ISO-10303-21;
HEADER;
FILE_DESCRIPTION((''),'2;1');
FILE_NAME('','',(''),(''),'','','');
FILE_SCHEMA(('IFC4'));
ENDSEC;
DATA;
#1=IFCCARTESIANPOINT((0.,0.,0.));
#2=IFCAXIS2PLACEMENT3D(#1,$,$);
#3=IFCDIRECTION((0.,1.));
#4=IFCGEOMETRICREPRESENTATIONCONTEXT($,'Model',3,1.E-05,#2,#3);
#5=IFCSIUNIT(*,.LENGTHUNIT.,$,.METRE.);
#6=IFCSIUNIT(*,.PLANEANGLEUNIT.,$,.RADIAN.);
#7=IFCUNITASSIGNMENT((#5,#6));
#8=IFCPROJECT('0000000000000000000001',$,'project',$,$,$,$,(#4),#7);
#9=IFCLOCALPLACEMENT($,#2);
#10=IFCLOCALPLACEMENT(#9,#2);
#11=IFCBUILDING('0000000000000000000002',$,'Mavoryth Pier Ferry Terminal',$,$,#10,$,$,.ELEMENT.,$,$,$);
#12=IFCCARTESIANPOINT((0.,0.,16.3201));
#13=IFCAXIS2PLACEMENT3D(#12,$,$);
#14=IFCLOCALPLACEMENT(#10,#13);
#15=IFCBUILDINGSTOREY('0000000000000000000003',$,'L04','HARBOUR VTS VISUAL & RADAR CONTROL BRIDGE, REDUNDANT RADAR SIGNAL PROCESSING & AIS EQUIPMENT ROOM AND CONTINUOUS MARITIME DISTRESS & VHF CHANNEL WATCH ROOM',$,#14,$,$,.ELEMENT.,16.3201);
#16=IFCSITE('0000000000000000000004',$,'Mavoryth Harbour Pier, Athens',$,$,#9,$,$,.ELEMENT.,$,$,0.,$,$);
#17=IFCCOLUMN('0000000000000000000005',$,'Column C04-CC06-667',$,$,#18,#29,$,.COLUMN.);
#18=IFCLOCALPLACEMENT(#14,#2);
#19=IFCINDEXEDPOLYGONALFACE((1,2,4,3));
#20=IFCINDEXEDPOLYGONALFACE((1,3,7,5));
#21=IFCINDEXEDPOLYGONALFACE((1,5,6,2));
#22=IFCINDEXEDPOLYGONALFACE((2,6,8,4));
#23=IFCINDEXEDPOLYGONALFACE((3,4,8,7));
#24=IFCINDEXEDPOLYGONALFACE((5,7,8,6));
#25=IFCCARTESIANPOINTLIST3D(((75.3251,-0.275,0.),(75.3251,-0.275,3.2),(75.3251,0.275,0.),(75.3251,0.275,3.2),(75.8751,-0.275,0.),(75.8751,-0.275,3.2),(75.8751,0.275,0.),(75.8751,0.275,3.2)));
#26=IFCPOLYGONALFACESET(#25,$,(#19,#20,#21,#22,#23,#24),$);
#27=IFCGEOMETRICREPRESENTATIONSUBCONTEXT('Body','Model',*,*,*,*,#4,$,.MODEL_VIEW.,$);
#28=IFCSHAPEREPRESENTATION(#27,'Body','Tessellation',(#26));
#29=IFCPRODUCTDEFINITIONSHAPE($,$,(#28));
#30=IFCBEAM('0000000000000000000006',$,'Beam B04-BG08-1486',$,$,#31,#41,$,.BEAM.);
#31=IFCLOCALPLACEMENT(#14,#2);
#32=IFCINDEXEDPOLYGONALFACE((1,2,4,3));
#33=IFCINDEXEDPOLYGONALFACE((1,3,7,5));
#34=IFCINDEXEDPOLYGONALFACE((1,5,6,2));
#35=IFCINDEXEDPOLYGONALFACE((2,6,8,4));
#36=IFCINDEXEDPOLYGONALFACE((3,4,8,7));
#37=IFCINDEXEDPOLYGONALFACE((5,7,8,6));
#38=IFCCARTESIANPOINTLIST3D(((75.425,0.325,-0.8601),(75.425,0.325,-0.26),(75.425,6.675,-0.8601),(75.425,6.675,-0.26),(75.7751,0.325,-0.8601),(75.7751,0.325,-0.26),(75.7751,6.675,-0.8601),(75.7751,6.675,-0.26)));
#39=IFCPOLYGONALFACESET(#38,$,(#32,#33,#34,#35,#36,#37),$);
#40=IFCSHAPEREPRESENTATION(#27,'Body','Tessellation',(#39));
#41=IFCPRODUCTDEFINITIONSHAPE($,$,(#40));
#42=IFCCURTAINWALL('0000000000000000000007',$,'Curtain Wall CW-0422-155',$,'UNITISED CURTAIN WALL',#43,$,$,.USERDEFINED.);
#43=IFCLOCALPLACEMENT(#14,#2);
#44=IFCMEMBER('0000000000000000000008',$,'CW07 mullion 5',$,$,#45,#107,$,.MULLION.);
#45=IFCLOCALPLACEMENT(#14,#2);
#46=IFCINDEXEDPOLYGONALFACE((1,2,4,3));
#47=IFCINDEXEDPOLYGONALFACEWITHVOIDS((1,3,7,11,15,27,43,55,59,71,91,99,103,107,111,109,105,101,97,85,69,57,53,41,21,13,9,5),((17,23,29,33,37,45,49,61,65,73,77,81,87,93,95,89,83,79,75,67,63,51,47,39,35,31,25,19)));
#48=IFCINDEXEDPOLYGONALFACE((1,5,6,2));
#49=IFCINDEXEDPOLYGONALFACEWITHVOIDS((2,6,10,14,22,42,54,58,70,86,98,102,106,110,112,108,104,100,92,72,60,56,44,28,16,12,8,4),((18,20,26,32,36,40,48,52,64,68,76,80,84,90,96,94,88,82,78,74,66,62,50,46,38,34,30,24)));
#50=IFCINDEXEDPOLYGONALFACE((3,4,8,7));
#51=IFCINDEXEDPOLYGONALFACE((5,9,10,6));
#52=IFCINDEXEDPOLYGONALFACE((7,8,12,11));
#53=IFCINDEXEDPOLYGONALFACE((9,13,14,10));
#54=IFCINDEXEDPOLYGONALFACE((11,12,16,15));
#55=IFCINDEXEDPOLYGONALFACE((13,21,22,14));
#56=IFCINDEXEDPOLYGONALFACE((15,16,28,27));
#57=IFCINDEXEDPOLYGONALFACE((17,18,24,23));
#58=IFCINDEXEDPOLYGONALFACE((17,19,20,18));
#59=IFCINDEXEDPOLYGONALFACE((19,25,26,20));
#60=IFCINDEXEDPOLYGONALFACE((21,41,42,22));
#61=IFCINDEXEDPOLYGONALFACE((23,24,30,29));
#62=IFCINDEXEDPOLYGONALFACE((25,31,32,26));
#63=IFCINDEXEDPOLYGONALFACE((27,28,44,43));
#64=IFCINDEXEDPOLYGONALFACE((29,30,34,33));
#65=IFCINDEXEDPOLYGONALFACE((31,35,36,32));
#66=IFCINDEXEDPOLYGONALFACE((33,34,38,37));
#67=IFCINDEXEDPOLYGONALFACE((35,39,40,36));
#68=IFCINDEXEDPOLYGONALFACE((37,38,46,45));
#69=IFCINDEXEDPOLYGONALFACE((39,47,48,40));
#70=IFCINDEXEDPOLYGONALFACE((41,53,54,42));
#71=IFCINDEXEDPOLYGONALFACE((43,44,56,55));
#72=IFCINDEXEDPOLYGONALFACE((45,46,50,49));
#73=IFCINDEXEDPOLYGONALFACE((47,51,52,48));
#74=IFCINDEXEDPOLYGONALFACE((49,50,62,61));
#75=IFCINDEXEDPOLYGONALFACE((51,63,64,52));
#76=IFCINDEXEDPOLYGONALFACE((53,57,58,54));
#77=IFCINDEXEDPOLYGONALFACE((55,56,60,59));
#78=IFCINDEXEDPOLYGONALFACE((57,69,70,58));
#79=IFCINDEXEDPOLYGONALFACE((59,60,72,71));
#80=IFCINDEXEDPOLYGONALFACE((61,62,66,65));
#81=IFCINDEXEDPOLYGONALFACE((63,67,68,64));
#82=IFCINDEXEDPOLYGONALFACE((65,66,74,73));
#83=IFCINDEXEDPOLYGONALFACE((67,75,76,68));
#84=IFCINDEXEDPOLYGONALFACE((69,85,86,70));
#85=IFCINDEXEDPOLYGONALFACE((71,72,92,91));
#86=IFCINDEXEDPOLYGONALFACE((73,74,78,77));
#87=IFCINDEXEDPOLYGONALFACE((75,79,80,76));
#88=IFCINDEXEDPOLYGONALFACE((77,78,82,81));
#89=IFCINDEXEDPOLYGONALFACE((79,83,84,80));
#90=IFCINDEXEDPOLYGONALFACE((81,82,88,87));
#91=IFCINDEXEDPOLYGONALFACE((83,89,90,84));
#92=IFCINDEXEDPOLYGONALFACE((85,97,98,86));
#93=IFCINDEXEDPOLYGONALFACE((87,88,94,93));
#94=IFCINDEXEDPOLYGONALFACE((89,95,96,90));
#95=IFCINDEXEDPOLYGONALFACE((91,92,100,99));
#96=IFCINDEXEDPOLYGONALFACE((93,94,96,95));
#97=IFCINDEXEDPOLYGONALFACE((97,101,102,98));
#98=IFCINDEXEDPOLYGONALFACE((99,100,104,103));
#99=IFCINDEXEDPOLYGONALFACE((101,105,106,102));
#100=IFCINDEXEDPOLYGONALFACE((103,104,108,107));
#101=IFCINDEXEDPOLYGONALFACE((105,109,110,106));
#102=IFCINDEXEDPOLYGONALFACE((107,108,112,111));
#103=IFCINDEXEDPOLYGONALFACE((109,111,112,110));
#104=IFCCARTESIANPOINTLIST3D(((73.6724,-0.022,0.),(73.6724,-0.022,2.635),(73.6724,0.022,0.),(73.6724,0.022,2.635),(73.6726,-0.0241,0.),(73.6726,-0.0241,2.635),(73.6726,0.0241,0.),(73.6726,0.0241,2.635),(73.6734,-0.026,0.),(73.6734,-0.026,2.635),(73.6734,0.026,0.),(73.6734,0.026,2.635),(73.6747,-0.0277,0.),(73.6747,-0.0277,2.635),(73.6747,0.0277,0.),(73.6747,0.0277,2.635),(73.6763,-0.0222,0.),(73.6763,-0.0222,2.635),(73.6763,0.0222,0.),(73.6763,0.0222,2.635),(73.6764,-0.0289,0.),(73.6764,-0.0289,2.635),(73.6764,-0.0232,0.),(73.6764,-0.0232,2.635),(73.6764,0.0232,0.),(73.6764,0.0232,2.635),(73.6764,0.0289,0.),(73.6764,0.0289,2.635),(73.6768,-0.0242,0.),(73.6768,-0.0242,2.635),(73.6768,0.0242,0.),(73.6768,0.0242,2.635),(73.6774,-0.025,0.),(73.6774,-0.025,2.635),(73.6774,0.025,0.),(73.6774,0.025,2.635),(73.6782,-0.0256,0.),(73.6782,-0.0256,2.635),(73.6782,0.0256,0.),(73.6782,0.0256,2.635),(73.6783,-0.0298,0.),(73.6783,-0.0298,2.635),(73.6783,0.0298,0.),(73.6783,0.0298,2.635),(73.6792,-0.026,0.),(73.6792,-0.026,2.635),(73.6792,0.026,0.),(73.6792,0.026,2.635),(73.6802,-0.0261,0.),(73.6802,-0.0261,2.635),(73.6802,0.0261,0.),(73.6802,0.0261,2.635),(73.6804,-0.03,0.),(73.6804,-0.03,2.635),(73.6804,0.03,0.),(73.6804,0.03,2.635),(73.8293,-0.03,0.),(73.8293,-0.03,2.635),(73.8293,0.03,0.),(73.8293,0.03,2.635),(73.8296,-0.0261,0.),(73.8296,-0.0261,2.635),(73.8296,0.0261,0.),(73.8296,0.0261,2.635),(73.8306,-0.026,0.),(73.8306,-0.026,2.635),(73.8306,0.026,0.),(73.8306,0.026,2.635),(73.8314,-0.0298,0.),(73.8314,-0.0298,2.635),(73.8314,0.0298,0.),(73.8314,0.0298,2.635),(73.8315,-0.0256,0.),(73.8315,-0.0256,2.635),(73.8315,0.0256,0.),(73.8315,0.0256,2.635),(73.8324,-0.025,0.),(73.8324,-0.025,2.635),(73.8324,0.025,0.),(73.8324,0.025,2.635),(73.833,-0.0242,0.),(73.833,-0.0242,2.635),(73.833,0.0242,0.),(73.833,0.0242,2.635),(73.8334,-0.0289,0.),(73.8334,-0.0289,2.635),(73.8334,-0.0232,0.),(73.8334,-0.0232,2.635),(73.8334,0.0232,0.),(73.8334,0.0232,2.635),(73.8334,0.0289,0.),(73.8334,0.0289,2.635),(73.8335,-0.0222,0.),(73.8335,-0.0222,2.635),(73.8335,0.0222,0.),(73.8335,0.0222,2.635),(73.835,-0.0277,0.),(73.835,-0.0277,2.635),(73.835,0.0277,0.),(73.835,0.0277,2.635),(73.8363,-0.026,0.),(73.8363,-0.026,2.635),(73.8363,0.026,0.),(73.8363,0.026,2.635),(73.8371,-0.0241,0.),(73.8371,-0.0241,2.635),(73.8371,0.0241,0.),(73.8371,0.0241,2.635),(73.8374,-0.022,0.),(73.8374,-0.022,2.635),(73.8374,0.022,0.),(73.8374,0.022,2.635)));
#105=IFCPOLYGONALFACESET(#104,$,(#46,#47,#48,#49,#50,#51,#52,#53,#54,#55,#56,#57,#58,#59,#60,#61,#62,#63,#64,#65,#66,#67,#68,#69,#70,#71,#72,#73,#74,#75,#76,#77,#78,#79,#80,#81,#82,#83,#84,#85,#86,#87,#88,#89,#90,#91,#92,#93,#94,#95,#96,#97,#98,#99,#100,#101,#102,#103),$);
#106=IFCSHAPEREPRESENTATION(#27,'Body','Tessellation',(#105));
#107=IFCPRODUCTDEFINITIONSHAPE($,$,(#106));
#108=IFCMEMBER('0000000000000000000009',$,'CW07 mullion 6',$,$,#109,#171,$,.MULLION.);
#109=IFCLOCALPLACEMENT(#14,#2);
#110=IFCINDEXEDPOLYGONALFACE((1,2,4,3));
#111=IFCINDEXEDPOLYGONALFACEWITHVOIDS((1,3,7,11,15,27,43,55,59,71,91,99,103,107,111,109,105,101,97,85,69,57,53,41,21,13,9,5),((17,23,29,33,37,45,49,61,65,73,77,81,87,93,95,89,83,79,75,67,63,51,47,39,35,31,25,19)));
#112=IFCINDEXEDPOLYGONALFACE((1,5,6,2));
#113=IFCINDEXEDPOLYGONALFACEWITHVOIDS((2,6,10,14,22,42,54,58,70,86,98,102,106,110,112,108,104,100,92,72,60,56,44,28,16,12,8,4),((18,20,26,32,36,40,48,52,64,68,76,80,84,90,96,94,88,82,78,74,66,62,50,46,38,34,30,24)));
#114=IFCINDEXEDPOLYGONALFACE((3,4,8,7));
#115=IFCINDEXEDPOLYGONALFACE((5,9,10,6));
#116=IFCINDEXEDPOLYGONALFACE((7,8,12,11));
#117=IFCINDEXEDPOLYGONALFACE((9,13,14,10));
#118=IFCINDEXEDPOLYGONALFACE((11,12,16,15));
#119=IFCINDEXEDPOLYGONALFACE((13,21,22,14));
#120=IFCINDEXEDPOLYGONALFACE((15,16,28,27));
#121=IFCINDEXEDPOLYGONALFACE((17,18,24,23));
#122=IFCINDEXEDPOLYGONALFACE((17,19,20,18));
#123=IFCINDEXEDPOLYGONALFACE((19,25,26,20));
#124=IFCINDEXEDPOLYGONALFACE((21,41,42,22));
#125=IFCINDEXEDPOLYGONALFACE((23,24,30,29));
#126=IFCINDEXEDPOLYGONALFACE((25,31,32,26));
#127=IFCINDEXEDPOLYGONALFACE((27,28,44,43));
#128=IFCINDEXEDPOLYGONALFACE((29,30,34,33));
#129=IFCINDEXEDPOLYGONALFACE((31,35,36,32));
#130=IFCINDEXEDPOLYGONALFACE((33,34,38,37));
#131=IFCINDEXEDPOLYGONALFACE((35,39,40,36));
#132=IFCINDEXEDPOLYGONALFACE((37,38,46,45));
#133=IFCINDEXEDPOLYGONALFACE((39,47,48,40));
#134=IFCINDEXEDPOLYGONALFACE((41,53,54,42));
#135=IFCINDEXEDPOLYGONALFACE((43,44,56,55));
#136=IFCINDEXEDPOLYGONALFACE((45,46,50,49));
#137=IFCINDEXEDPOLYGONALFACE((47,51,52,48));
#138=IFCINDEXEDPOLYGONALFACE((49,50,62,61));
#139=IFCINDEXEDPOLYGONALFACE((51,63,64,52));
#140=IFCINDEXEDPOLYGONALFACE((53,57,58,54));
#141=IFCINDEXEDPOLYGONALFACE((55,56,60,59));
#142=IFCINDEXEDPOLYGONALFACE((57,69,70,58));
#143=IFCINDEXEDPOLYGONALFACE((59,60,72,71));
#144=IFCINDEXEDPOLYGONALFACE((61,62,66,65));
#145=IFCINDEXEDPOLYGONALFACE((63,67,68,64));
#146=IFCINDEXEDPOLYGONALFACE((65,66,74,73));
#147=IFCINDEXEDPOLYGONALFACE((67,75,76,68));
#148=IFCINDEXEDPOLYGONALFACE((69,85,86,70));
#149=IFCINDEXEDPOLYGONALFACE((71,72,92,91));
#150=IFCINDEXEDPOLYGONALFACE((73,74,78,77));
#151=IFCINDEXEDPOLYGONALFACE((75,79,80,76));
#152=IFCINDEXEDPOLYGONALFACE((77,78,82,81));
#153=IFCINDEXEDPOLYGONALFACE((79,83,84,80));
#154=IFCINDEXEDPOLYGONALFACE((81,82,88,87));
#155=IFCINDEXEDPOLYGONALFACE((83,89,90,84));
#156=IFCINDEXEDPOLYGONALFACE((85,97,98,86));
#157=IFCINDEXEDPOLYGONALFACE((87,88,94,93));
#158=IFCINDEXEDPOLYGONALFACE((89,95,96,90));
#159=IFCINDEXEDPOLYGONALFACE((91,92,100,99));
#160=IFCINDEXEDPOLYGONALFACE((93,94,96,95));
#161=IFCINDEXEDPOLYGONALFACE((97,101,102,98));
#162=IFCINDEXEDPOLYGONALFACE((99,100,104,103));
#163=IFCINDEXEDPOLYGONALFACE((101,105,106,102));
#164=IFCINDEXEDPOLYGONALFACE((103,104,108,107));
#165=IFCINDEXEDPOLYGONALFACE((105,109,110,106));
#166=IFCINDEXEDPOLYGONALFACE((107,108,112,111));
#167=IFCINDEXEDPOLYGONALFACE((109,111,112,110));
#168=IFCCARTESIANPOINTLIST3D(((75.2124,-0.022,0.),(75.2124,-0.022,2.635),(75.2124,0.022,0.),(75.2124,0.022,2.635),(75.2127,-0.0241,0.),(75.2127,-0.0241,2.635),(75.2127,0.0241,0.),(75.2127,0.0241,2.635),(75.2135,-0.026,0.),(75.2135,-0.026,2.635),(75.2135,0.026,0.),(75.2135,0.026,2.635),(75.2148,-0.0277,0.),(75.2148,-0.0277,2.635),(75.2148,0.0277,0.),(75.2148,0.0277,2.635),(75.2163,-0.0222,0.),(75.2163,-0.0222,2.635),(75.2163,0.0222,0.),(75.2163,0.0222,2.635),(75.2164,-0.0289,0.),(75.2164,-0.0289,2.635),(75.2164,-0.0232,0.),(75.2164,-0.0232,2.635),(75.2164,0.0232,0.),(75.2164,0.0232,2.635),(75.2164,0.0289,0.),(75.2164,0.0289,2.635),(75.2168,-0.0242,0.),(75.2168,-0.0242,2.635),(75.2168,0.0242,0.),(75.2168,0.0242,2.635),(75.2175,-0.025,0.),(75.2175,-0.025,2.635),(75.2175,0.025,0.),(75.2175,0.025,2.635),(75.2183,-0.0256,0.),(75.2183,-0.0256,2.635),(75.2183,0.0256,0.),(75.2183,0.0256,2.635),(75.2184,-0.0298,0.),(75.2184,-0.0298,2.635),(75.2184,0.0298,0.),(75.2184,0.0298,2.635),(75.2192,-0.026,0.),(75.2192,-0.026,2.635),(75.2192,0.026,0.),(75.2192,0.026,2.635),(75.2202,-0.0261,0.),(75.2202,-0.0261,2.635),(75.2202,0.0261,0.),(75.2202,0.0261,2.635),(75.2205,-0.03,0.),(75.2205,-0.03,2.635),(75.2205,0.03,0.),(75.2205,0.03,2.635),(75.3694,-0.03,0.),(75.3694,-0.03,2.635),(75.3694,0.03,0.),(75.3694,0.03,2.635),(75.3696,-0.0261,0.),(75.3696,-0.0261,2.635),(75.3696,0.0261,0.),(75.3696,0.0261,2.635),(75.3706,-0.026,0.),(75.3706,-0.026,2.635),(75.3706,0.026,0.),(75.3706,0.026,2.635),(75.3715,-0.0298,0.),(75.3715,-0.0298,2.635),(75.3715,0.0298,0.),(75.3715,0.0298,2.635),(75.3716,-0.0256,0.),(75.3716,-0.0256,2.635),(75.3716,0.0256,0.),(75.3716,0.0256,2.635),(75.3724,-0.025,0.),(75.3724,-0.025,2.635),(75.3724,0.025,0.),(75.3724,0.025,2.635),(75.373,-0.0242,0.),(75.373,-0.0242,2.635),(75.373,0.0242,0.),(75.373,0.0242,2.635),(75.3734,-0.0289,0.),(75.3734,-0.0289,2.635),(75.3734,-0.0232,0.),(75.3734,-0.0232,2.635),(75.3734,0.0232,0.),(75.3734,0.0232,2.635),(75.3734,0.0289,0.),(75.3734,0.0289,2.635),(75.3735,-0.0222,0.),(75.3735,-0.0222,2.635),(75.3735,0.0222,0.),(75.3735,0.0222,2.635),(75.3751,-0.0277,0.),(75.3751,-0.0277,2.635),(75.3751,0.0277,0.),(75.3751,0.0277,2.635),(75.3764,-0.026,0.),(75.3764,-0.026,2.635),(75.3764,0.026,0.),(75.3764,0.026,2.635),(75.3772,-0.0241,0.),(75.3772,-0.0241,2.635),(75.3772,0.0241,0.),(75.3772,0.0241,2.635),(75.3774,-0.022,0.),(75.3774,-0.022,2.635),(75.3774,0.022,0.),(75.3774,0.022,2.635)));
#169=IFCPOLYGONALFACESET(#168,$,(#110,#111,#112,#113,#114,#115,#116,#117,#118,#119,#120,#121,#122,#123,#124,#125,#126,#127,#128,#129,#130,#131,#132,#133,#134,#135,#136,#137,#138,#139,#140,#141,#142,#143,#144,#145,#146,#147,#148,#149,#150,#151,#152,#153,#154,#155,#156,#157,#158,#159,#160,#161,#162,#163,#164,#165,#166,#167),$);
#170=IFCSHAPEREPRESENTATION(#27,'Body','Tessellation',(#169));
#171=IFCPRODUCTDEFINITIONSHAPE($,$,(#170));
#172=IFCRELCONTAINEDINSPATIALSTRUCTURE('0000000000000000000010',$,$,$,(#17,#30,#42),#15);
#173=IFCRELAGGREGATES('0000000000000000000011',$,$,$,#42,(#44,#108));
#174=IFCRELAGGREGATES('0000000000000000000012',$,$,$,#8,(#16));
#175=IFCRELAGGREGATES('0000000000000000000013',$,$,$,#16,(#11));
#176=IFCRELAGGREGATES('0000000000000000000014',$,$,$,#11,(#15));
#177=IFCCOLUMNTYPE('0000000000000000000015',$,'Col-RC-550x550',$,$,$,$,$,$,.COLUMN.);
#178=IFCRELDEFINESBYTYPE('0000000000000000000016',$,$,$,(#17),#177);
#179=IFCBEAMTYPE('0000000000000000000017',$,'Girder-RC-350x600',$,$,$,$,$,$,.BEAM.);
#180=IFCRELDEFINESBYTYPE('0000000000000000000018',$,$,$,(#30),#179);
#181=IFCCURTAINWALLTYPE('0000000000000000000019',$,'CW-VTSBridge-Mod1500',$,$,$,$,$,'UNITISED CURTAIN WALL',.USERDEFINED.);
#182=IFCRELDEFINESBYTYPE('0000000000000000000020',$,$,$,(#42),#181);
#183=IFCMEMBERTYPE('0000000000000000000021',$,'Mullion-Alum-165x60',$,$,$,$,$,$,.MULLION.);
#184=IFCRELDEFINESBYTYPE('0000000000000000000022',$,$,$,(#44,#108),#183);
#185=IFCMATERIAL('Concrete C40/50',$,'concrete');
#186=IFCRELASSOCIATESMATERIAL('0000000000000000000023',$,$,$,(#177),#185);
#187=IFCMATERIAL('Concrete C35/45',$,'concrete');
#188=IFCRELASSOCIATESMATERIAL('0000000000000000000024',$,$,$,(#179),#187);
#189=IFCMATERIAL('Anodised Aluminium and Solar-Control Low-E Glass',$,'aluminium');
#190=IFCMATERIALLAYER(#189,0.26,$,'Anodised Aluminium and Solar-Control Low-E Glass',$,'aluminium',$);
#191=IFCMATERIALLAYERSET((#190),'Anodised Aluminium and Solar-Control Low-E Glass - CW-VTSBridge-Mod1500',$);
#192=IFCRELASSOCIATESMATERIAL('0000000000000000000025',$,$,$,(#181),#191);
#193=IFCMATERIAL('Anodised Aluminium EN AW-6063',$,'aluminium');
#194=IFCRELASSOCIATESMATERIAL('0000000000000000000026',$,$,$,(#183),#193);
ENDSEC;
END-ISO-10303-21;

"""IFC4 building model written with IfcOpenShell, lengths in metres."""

from ifc_helpers import new_model, si_unit, direction, frame, origin, origin_2d, place, context, subcontext, project, spatial, rectangle, hollow_rectangle, extrude, material, layer, layer_set, material_profile, profile_set, type_object, element, aggregate, save


model = new_model("IFC4")

# Units and contexts
model_context = context("Model", 3, precision=1e-05, world=origin(), true_north=direction((0.0, 1.0)))
body_context = subcontext(model_context, "Body", "Model", "MODEL_VIEW")
ifc_project = project(units=[si_unit("LENGTHUNIT", "METRE"), si_unit("PLANEANGLEUNIT", "RADIAN")], contexts=[model_context])

# Site, building, storey
site_placement = place(None, origin())
site = spatial("IfcSite", under=ifc_project, at=site_placement, Name="Mavoryth Harbour Pier, Athens", CompositionType="ELEMENT", RefElevation=0.0)
building_placement = place(site_placement, origin())
building = spatial("IfcBuilding", under=site, at=building_placement, Name="Mavoryth Pier Ferry Terminal", CompositionType="ELEMENT")
storey_placement = place(building_placement, frame((0.0, 0.0, 16.3201)))
storey = spatial("IfcBuildingStorey", under=building, at=storey_placement, Name="L04", Description="HARBOUR VTS VISUAL & RADAR CONTROL BRIDGE, REDUNDANT RADAR SIGNAL PROCESSING & AIS EQUIPMENT ROOM AND CONTINUOUS MARITIME DISTRESS & VHF CHANNEL WATCH ROOM", CompositionType="ELEMENT", Elevation=16.3201)

# Column
ifc_material_1 = material(Name="Concrete C40/50", Category="concrete")
ifc_material_profile_1 = material_profile(ifc_material_1, rectangle(XDim=0.55, YDim=0.55, at=origin_2d()), Name="RC 550x550", Category="concrete")
ifc_profile_set_1 = profile_set([ifc_material_profile_1], Name="Concrete C40/50 - RC 550x550")
column_type = type_object("IfcColumnType", Name="Col-RC-550x550", PredefinedType="COLUMN", material=ifc_profile_set_1)
column_placement = place(storey_placement, frame((75.6001, 0.0, 0.0), z_axis=(0.0, 0.0, 1.0), x_axis=(1.0, 0.0, 0.0)))
element("IfcColumn", 1, at=column_placement, inside=storey, type_object=column_type, Name="Column C04-CC06-667", PredefinedType="COLUMN", context=body_context, shape_type="SweptSolid", body=[
    extrude(rectangle(XDim=0.55, YDim=0.55, at=origin_2d()), origin(), (0.0, 0.0, 1.0), 3.2),
])

# Beam
ifc_material_2 = material(Name="Concrete C35/45", Category="concrete")
ifc_material_profile_2 = material_profile(ifc_material_2, rectangle(XDim=0.3501, YDim=0.6001, at=origin_2d()), Name="RC 350x600", Category="concrete")
ifc_profile_set_2 = profile_set([ifc_material_profile_2], Name="Concrete C35/45 - RC 350x600")
beam_type = type_object("IfcBeamType", Name="Girder-RC-350x600", PredefinedType="BEAM", material=ifc_profile_set_2)
beam_placement = place(storey_placement, frame((75.6001, 0.325, -0.5601), z_axis=(0.0, 1.0, 0.0), x_axis=(-1.0, 0.0, 0.0)))
element("IfcBeam", 2, at=beam_placement, inside=storey, type_object=beam_type, Name="Beam B04-BG08-1486", PredefinedType="BEAM", context=body_context, shape_type="SweptSolid", body=[
    extrude(rectangle(XDim=0.3501, YDim=0.6001, at=origin_2d()), origin(), (0.0, 0.0, 1.0), 6.3501),
])

# Curtain wall, members
ifc_material_3 = material(Name="Anodised Aluminium and Solar-Control Low-E Glass", Category="aluminium")
ifc_layer_1 = layer(ifc_material_3, 0.26, Name="Anodised Aluminium and Solar-Control Low-E Glass", Category="aluminium")
ifc_layer_set_1 = layer_set([ifc_layer_1], Name="Anodised Aluminium and Solar-Control Low-E Glass - CW-VTSBridge-Mod1500")
curtain_wall_type = type_object("IfcCurtainWallType", Name="CW-VTSBridge-Mod1500", ElementType="UNITISED CURTAIN WALL", PredefinedType="USERDEFINED", material=ifc_layer_set_1)
curtain_wall_1_placement = place(storey_placement, origin())
curtain_wall_1 = element("IfcCurtainWall", 3, at=curtain_wall_1_placement, inside=storey, type_object=curtain_wall_type, Name="Curtain Wall CW-0422-155", ObjectType="UNITISED CURTAIN WALL", PredefinedType="USERDEFINED")
ifc_material_4 = material(Name="Anodised Aluminium EN AW-6063", Category="aluminium")
ifc_material_profile_3 = material_profile(ifc_material_4, hollow_rectangle(XDim=0.0601, YDim=0.165, WallThickness=0.0039, InnerFilletRadius=0.0039, OuterFilletRadius=0.0081, at=origin_2d()), Name="AL-MULL 165x60x4", Category="aluminium")
ifc_profile_set_3 = profile_set([ifc_material_profile_3], Name="Anodised Aluminium EN AW-6063 - AL-MULL 165x60x4")
member_type_1 = type_object("IfcMemberType", Name="Mullion-Alum-165x60", PredefinedType="MULLION", material=ifc_profile_set_3)
member_1_placement = place(storey_placement, frame((73.7549, 0.0, 0.0), z_axis=(0.0, 0.0, 1.0), x_axis=(0.0, 1.0, 0.0)))
member_1 = element("IfcMember", 4, at=member_1_placement, type_object=member_type_1, Name="CW07 mullion 5", PredefinedType="MULLION", context=body_context, shape_type="SweptSolid", body=[
    extrude(hollow_rectangle(XDim=0.0601, YDim=0.165, WallThickness=0.0039, InnerFilletRadius=0.0039, OuterFilletRadius=0.0081, at=origin_2d()), origin(), (0.0, 0.0, 1.0), 2.635),
])
member_2_placement = place(storey_placement, frame((75.2949, 0.0, 0.0), z_axis=(0.0, 0.0, 1.0), x_axis=(0.0, 1.0, 0.0)))
member_2 = element("IfcMember", 5, at=member_2_placement, type_object=member_type_1, Name="CW07 mullion 6", PredefinedType="MULLION", context=body_context, shape_type="SweptSolid", body=[
    extrude(hollow_rectangle(XDim=0.0601, YDim=0.165, WallThickness=0.0039, InnerFilletRadius=0.0039, OuterFilletRadius=0.0081, at=origin_2d()), origin(), (0.0, 0.0, 1.0), 2.635),
])

aggregate(curtain_wall_1, [member_1, member_2])

save(model, "model.ifc")
